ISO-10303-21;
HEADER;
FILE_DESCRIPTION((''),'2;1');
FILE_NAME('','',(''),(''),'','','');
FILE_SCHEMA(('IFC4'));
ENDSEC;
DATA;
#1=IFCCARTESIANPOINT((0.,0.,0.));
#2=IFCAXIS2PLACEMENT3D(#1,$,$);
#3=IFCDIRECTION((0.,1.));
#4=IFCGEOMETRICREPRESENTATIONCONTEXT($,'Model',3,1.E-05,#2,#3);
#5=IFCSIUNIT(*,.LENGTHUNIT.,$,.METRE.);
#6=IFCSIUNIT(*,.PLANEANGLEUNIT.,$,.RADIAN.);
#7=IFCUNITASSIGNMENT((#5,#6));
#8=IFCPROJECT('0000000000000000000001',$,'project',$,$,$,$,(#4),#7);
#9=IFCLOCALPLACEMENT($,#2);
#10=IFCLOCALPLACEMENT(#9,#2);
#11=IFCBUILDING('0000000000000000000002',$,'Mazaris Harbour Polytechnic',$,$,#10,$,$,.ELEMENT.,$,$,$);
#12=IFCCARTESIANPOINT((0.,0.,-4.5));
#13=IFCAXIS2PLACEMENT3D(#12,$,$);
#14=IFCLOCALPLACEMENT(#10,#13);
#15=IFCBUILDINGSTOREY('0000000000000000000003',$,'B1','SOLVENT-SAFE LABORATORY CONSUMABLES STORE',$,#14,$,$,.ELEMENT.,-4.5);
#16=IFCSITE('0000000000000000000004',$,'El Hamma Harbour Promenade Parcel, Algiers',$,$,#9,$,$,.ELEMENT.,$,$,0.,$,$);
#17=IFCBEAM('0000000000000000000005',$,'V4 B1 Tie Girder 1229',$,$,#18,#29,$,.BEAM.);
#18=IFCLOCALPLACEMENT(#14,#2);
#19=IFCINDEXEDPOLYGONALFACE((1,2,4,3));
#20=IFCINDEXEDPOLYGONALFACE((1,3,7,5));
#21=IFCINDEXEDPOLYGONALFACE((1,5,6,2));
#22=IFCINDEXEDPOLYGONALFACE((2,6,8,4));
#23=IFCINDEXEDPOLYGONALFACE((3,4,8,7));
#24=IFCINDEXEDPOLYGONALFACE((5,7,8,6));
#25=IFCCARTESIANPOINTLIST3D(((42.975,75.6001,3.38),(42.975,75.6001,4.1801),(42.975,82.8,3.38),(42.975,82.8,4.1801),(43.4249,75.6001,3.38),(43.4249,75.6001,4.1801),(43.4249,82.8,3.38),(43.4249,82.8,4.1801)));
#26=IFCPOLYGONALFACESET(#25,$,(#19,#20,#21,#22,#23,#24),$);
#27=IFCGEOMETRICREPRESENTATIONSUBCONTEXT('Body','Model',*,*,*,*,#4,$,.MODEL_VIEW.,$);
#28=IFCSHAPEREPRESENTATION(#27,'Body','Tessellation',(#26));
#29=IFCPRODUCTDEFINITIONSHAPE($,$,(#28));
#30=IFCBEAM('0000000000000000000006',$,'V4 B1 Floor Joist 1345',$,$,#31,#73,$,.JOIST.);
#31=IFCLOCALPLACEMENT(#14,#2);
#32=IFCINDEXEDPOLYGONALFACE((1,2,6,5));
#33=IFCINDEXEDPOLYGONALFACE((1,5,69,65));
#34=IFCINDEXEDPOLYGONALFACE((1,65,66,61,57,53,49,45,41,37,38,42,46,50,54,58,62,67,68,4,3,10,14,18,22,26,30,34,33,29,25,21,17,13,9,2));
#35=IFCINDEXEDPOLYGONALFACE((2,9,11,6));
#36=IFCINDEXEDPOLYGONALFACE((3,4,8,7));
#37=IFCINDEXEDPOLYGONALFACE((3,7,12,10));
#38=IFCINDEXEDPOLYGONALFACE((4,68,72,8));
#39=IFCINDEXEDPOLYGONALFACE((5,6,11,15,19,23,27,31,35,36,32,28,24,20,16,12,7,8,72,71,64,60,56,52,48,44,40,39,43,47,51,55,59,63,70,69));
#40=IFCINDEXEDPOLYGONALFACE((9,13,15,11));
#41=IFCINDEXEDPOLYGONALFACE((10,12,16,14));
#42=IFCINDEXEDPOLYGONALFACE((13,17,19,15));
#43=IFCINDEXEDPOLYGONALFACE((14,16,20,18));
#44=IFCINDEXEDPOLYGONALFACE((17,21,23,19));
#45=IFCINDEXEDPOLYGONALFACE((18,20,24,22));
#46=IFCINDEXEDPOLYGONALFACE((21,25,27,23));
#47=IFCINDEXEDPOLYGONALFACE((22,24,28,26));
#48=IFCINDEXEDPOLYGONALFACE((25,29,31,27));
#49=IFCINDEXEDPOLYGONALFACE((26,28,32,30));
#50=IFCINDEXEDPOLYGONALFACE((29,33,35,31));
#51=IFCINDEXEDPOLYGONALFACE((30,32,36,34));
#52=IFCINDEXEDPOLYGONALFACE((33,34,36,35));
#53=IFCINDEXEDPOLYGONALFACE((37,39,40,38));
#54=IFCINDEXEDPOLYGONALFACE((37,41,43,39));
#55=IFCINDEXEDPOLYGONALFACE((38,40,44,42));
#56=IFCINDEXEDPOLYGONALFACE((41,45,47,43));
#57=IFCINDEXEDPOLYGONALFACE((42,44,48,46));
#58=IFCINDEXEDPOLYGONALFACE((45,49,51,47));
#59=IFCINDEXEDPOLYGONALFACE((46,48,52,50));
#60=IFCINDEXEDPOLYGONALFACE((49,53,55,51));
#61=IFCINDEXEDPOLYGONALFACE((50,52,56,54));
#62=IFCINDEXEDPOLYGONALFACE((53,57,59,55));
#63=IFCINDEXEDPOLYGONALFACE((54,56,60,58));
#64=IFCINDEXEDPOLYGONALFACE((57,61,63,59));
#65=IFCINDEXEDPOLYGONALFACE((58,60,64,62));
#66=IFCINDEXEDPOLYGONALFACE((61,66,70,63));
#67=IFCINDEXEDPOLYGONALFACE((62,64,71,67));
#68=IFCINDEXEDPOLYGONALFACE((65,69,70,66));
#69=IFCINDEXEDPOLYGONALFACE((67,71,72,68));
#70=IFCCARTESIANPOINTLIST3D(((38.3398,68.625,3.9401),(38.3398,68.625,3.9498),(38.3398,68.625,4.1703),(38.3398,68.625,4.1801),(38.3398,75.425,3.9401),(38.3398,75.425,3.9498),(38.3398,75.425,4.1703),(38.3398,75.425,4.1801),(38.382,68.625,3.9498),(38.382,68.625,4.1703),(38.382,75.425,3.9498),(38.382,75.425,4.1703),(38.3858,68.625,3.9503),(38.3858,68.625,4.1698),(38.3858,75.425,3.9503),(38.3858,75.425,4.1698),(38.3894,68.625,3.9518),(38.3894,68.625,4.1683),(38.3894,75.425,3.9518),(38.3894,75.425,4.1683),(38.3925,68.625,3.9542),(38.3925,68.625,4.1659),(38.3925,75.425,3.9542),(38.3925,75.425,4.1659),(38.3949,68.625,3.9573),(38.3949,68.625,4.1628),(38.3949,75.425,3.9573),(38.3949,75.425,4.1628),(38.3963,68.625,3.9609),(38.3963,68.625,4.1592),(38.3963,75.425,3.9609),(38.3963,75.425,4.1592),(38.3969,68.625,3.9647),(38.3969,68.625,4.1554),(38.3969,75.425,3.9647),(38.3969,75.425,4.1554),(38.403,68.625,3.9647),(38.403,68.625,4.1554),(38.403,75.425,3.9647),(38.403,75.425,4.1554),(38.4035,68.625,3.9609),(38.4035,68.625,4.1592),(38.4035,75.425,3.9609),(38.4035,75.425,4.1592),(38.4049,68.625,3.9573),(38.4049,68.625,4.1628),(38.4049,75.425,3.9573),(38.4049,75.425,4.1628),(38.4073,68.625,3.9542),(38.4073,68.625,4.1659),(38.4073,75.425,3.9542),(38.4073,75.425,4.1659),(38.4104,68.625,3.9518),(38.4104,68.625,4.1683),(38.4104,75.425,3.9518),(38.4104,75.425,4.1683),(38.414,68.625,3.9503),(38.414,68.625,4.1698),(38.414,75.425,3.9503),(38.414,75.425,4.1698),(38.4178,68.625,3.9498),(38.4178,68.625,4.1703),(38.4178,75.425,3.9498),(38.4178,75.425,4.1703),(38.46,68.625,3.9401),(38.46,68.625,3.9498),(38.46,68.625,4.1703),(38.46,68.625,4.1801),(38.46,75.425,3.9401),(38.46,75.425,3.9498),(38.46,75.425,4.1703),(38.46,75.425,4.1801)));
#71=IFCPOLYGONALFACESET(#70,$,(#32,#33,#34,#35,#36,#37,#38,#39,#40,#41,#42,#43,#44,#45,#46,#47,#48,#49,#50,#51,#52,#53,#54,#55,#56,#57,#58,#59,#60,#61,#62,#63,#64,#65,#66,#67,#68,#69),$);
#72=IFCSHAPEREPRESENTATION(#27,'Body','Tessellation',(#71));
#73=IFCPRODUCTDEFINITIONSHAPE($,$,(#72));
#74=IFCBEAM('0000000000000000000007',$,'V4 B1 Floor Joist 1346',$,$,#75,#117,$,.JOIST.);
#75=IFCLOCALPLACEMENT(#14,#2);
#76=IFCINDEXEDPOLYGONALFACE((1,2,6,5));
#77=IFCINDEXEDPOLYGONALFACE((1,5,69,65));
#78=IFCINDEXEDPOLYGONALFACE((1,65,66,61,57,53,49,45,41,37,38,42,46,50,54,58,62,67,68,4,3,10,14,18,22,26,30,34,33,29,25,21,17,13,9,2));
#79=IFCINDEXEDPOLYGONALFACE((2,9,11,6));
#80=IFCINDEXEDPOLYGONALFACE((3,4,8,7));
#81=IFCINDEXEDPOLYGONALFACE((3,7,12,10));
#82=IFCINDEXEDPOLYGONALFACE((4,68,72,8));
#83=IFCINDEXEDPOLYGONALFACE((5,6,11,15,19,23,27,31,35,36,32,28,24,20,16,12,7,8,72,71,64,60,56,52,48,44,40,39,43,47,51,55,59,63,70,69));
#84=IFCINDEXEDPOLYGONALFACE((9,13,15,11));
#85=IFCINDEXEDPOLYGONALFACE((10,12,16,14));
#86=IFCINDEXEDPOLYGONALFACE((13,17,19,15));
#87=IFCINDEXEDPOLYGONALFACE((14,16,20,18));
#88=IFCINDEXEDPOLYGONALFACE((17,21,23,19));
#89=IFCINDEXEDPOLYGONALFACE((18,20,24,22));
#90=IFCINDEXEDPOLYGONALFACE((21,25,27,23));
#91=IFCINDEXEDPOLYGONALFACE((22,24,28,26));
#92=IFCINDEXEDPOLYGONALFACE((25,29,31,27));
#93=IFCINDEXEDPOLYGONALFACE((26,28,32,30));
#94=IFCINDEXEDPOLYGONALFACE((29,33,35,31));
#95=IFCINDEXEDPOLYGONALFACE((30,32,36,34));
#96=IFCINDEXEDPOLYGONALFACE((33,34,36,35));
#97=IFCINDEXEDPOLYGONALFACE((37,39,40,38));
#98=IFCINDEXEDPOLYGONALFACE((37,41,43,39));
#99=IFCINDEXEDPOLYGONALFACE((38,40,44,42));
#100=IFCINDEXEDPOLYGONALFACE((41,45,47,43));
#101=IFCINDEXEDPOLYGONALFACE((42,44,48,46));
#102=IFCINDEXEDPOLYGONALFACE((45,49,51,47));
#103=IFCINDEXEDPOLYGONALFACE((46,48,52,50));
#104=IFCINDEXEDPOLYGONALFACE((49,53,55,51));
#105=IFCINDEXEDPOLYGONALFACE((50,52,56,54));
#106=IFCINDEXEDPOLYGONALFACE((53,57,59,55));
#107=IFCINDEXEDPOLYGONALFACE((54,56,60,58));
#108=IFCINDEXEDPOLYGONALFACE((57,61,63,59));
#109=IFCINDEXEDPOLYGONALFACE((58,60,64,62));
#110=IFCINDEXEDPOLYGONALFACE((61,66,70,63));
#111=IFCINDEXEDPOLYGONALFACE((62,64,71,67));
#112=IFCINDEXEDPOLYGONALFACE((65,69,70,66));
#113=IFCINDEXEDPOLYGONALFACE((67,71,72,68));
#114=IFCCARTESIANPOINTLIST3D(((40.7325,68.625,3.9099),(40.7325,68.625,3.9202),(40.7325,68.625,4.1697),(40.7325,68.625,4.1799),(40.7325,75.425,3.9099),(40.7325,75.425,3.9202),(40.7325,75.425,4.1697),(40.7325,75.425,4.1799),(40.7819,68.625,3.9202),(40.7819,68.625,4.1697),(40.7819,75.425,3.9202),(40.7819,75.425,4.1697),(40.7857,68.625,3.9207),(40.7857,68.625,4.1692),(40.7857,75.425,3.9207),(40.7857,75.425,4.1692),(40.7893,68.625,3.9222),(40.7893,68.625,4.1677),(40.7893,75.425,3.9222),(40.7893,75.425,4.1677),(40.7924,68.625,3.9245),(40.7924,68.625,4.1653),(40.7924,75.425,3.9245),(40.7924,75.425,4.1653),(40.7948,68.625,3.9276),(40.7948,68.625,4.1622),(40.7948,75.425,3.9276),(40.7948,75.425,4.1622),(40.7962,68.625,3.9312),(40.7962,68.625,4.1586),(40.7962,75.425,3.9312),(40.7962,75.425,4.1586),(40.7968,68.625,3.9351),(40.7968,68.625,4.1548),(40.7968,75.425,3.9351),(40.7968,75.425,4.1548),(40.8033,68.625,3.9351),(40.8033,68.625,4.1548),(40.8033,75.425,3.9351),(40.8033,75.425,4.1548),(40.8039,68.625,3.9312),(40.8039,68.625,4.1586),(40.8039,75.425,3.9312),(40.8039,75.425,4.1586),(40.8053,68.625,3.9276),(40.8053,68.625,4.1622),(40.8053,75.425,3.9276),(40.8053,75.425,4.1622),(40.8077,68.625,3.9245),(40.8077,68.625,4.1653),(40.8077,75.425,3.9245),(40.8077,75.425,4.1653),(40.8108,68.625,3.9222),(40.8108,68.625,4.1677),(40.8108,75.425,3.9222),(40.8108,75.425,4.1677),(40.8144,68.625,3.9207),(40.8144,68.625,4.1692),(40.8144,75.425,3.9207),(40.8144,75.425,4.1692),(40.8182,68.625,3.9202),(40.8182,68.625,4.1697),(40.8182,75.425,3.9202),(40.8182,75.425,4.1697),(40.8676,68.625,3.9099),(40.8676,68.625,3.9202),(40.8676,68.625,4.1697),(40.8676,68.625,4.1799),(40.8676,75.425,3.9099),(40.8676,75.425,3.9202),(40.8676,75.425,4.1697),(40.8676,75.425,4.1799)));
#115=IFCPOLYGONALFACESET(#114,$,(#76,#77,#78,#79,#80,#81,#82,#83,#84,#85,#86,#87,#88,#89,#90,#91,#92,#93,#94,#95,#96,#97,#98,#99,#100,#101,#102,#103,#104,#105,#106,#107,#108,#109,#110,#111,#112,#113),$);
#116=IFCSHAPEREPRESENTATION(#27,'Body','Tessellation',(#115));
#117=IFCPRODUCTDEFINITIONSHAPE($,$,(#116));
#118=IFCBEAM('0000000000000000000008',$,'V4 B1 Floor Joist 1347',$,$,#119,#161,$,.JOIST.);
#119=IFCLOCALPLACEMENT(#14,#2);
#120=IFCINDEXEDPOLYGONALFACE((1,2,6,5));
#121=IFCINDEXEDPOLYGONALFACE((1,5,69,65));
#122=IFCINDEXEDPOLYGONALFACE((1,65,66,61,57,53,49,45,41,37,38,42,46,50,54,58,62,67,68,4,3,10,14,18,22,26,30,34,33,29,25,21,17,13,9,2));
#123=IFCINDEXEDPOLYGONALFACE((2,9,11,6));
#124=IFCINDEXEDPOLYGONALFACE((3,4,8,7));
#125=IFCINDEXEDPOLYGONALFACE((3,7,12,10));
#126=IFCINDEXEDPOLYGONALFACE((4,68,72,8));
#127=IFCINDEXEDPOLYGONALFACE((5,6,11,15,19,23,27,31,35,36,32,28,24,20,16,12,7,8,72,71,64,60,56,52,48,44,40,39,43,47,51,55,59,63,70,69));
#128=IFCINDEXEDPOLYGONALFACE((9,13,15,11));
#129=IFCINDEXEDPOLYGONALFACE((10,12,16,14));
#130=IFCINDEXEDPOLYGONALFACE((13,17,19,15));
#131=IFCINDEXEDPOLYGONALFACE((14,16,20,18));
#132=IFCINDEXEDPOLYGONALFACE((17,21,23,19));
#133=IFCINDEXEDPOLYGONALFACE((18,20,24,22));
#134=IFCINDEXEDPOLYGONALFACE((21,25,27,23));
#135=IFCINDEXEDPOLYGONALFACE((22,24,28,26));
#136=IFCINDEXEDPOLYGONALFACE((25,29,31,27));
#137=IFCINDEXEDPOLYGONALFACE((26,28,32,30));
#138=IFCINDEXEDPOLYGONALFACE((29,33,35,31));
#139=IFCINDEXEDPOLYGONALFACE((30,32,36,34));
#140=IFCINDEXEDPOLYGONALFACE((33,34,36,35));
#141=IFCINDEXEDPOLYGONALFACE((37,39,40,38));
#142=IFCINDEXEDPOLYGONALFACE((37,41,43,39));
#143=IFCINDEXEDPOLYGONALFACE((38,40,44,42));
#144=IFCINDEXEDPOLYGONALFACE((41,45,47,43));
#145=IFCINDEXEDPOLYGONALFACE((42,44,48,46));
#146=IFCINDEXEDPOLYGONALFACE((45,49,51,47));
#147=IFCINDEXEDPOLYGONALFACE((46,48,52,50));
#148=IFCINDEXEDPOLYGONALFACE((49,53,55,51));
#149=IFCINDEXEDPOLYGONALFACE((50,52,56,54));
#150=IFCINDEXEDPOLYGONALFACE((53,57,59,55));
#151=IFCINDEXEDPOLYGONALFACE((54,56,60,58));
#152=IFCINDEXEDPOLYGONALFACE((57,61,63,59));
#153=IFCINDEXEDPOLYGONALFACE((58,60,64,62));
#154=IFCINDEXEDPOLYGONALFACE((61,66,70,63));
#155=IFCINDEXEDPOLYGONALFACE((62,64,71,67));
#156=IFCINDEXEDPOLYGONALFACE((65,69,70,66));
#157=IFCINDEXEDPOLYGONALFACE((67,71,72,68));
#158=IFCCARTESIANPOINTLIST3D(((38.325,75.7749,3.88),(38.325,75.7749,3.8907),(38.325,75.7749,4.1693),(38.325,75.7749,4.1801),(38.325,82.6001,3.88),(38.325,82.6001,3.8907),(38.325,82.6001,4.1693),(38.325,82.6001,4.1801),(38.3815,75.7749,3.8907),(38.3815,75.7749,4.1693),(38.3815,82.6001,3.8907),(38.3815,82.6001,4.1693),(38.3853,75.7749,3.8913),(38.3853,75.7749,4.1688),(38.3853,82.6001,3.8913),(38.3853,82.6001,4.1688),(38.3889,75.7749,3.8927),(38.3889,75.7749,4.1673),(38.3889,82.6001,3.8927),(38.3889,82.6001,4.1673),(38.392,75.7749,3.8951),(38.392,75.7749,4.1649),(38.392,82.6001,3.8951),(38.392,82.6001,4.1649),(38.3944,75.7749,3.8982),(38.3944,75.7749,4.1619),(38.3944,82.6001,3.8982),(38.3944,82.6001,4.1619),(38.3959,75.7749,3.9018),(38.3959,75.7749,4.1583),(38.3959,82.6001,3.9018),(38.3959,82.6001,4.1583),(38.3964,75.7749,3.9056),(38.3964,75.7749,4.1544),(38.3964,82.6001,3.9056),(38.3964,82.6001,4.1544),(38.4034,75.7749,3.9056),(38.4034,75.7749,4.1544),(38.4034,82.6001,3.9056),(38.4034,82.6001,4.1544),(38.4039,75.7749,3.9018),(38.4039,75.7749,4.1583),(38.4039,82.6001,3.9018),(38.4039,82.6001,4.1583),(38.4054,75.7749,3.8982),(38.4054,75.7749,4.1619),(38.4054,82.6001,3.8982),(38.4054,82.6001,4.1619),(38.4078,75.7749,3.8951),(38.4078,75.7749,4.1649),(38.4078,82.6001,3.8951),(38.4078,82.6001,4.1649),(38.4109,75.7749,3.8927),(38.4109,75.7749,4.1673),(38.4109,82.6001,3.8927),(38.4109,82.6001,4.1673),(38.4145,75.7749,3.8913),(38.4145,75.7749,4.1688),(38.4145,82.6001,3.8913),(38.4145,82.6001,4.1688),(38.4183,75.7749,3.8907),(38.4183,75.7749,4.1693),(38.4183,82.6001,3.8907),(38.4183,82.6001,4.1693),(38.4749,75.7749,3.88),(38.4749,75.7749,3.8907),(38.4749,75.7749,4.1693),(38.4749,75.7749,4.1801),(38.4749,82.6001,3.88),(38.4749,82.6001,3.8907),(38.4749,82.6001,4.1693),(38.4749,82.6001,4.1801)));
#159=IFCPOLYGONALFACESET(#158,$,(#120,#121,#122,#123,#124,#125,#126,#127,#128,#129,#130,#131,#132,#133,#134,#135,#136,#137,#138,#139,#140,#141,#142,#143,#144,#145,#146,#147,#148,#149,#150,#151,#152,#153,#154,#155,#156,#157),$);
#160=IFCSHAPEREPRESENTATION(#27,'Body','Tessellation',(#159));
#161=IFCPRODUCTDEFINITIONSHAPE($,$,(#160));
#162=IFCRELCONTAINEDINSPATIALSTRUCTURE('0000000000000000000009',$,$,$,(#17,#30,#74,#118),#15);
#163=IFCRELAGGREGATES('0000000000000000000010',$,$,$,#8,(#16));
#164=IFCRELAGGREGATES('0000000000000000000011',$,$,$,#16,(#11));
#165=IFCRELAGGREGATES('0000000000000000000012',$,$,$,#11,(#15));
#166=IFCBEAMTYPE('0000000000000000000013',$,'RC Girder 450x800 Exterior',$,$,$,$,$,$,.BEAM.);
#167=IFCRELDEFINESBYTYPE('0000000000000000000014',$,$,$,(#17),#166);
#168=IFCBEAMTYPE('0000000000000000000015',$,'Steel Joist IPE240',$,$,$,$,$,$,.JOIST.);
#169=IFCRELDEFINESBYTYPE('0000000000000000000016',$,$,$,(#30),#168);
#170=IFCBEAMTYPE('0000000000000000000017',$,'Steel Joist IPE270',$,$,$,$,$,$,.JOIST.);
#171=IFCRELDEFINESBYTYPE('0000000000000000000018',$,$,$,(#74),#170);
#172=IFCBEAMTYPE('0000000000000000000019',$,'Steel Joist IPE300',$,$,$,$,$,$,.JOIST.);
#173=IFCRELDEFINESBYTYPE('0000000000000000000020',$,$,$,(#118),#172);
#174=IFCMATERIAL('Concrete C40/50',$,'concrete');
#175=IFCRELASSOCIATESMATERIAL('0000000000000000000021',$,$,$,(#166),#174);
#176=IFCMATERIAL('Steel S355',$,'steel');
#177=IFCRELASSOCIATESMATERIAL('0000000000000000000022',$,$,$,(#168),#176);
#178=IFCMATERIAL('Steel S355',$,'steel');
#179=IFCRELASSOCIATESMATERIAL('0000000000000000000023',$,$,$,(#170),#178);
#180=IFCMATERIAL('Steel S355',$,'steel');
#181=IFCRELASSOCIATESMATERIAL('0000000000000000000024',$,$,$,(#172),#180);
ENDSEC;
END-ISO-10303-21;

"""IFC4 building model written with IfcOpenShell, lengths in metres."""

from ifc_helpers import new_model, si_unit, direction, frame, origin, origin_2d, place, context, subcontext, project, spatial, rectangle, i_section, extrude, material, material_profile, profile_set, type_object, element, save


model = new_model("IFC4")

# Units and contexts
model_context = context("Model", 3, precision=1e-05, world=origin(), true_north=direction((0.0, 1.0)))
body_context = subcontext(model_context, "Body", "Model", "MODEL_VIEW")
ifc_project = project(units=[si_unit("LENGTHUNIT", "METRE"), si_unit("PLANEANGLEUNIT", "RADIAN")], contexts=[model_context])

# Site, building, storey
site_placement = place(None, origin())
site = spatial("IfcSite", under=ifc_project, at=site_placement, Name="El Hamma Harbour Promenade Parcel, Algiers", CompositionType="ELEMENT", RefElevation=0.0)
building_placement = place(site_placement, origin())
building = spatial("IfcBuilding", under=site, at=building_placement, Name="Mazaris Harbour Polytechnic", CompositionType="ELEMENT")
storey_placement = place(building_placement, frame((0.0, 0.0, -4.5)))
storey = spatial("IfcBuildingStorey", under=building, at=storey_placement, Name="B1", Description="SOLVENT-SAFE LABORATORY CONSUMABLES STORE", CompositionType="ELEMENT", Elevation=-4.5)

# Beams
ifc_material_1 = material(Name="Concrete C40/50", Category="concrete")
ifc_material_profile_1 = material_profile(ifc_material_1, rectangle(XDim=0.45, YDim=0.8, at=origin_2d()), Name="RECT450x800")
ifc_profile_set_1 = profile_set([ifc_material_profile_1], Name="Concrete C40/50")
beam_type_1 = type_object("IfcBeamType", Name="RC Girder 450x800 Exterior", PredefinedType="BEAM", material=ifc_profile_set_1)
beam_1_placement = place(storey_placement, frame((43.2, 75.6001, 3.78), z_axis=(0.0, 1.0, 0.0), x_axis=(-1.0, 0.0, 0.0)))
element("IfcBeam", 1, at=beam_1_placement, inside=storey, type_object=beam_type_1, Name="V4 B1 Tie Girder 1229", PredefinedType="BEAM", context=body_context, shape_type="SweptSolid", body=[
    extrude(rectangle(XDim=0.45, YDim=0.8, at=origin_2d()), origin(), (0.0, 0.0, 1.0), 7.2),
])
ifc_material_2 = material(Name="Steel S355", Category="steel")
ifc_material_profile_2 = material_profile(ifc_material_2, i_section(OverallWidth=0.1201, OverallDepth=0.24, WebThickness=0.0061, FlangeThickness=0.0098, FilletRadius=0.0149, at=origin_2d()), Name="IPE 240")
ifc_profile_set_2 = profile_set([ifc_material_profile_2], Name="Steel S355")
beam_type_2 = type_object("IfcBeamType", Name="Steel Joist IPE240", PredefinedType="JOIST", material=ifc_profile_set_2)
beam_2_placement = place(storey_placement, frame((38.3999, 68.625, 4.0601), z_axis=(0.0, 1.0, 0.0), x_axis=(-1.0, 0.0, 0.0)))
element("IfcBeam", 2, at=beam_2_placement, inside=storey, type_object=beam_type_2, Name="V4 B1 Floor Joist 1345", PredefinedType="JOIST", context=body_context, shape_type="SweptSolid", body=[
    extrude(i_section(OverallWidth=0.1201, OverallDepth=0.24, WebThickness=0.0061, FlangeThickness=0.0098, FilletRadius=0.0149, at=origin_2d()), origin(), (0.0, 0.0, 1.0), 6.8),
])
ifc_material_3 = material(Name="Steel S355", Category="steel")
ifc_material_profile_3 = material_profile(ifc_material_3, i_section(OverallWidth=0.135, OverallDepth=0.27, WebThickness=0.0066, FlangeThickness=0.0103, FilletRadius=0.0149, at=origin_2d()), Name="IPE 270")
ifc_profile_set_3 = profile_set([ifc_material_profile_3], Name="Steel S355")
beam_type_3 = type_object("IfcBeamType", Name="Steel Joist IPE270", PredefinedType="JOIST", material=ifc_profile_set_3)
beam_3_placement = place(storey_placement, frame((40.8, 68.625, 4.0449), z_axis=(0.0, 1.0, 0.0), x_axis=(-1.0, 0.0, 0.0)))
element("IfcBeam", 3, at=beam_3_placement, inside=storey, type_object=beam_type_3, Name="V4 B1 Floor Joist 1346", PredefinedType="JOIST", context=body_context, shape_type="SweptSolid", body=[
    extrude(i_section(OverallWidth=0.135, OverallDepth=0.27, WebThickness=0.0066, FlangeThickness=0.0103, FilletRadius=0.0149, at=origin_2d()), origin(), (0.0, 0.0, 1.0), 6.8),
])
ifc_material_4 = material(Name="Steel S355", Category="steel")
ifc_material_profile_4 = material_profile(ifc_material_4, i_section(OverallWidth=0.1499, OverallDepth=0.3, WebThickness=0.0071, FlangeThickness=0.0107, FilletRadius=0.0149, at=origin_2d()), Name="IPE 300")
ifc_profile_set_4 = profile_set([ifc_material_profile_4], Name="Steel S355")
beam_type_4 = type_object("IfcBeamType", Name="Steel Joist IPE300", PredefinedType="JOIST", material=ifc_profile_set_4)
beam_4_placement = place(storey_placement, frame((38.3999, 75.7749, 4.03), z_axis=(0.0, 1.0, 0.0), x_axis=(-1.0, 0.0, 0.0)))
element("IfcBeam", 4, at=beam_4_placement, inside=storey, type_object=beam_type_4, Name="V4 B1 Floor Joist 1347", PredefinedType="JOIST", context=body_context, shape_type="SweptSolid", body=[
    extrude(i_section(OverallWidth=0.1499, OverallDepth=0.3, WebThickness=0.0071, FlangeThickness=0.0107, FilletRadius=0.0149, at=origin_2d()), origin(), (0.0, 0.0, 1.0), 6.8252),
])

save(model, "model.ifc")
